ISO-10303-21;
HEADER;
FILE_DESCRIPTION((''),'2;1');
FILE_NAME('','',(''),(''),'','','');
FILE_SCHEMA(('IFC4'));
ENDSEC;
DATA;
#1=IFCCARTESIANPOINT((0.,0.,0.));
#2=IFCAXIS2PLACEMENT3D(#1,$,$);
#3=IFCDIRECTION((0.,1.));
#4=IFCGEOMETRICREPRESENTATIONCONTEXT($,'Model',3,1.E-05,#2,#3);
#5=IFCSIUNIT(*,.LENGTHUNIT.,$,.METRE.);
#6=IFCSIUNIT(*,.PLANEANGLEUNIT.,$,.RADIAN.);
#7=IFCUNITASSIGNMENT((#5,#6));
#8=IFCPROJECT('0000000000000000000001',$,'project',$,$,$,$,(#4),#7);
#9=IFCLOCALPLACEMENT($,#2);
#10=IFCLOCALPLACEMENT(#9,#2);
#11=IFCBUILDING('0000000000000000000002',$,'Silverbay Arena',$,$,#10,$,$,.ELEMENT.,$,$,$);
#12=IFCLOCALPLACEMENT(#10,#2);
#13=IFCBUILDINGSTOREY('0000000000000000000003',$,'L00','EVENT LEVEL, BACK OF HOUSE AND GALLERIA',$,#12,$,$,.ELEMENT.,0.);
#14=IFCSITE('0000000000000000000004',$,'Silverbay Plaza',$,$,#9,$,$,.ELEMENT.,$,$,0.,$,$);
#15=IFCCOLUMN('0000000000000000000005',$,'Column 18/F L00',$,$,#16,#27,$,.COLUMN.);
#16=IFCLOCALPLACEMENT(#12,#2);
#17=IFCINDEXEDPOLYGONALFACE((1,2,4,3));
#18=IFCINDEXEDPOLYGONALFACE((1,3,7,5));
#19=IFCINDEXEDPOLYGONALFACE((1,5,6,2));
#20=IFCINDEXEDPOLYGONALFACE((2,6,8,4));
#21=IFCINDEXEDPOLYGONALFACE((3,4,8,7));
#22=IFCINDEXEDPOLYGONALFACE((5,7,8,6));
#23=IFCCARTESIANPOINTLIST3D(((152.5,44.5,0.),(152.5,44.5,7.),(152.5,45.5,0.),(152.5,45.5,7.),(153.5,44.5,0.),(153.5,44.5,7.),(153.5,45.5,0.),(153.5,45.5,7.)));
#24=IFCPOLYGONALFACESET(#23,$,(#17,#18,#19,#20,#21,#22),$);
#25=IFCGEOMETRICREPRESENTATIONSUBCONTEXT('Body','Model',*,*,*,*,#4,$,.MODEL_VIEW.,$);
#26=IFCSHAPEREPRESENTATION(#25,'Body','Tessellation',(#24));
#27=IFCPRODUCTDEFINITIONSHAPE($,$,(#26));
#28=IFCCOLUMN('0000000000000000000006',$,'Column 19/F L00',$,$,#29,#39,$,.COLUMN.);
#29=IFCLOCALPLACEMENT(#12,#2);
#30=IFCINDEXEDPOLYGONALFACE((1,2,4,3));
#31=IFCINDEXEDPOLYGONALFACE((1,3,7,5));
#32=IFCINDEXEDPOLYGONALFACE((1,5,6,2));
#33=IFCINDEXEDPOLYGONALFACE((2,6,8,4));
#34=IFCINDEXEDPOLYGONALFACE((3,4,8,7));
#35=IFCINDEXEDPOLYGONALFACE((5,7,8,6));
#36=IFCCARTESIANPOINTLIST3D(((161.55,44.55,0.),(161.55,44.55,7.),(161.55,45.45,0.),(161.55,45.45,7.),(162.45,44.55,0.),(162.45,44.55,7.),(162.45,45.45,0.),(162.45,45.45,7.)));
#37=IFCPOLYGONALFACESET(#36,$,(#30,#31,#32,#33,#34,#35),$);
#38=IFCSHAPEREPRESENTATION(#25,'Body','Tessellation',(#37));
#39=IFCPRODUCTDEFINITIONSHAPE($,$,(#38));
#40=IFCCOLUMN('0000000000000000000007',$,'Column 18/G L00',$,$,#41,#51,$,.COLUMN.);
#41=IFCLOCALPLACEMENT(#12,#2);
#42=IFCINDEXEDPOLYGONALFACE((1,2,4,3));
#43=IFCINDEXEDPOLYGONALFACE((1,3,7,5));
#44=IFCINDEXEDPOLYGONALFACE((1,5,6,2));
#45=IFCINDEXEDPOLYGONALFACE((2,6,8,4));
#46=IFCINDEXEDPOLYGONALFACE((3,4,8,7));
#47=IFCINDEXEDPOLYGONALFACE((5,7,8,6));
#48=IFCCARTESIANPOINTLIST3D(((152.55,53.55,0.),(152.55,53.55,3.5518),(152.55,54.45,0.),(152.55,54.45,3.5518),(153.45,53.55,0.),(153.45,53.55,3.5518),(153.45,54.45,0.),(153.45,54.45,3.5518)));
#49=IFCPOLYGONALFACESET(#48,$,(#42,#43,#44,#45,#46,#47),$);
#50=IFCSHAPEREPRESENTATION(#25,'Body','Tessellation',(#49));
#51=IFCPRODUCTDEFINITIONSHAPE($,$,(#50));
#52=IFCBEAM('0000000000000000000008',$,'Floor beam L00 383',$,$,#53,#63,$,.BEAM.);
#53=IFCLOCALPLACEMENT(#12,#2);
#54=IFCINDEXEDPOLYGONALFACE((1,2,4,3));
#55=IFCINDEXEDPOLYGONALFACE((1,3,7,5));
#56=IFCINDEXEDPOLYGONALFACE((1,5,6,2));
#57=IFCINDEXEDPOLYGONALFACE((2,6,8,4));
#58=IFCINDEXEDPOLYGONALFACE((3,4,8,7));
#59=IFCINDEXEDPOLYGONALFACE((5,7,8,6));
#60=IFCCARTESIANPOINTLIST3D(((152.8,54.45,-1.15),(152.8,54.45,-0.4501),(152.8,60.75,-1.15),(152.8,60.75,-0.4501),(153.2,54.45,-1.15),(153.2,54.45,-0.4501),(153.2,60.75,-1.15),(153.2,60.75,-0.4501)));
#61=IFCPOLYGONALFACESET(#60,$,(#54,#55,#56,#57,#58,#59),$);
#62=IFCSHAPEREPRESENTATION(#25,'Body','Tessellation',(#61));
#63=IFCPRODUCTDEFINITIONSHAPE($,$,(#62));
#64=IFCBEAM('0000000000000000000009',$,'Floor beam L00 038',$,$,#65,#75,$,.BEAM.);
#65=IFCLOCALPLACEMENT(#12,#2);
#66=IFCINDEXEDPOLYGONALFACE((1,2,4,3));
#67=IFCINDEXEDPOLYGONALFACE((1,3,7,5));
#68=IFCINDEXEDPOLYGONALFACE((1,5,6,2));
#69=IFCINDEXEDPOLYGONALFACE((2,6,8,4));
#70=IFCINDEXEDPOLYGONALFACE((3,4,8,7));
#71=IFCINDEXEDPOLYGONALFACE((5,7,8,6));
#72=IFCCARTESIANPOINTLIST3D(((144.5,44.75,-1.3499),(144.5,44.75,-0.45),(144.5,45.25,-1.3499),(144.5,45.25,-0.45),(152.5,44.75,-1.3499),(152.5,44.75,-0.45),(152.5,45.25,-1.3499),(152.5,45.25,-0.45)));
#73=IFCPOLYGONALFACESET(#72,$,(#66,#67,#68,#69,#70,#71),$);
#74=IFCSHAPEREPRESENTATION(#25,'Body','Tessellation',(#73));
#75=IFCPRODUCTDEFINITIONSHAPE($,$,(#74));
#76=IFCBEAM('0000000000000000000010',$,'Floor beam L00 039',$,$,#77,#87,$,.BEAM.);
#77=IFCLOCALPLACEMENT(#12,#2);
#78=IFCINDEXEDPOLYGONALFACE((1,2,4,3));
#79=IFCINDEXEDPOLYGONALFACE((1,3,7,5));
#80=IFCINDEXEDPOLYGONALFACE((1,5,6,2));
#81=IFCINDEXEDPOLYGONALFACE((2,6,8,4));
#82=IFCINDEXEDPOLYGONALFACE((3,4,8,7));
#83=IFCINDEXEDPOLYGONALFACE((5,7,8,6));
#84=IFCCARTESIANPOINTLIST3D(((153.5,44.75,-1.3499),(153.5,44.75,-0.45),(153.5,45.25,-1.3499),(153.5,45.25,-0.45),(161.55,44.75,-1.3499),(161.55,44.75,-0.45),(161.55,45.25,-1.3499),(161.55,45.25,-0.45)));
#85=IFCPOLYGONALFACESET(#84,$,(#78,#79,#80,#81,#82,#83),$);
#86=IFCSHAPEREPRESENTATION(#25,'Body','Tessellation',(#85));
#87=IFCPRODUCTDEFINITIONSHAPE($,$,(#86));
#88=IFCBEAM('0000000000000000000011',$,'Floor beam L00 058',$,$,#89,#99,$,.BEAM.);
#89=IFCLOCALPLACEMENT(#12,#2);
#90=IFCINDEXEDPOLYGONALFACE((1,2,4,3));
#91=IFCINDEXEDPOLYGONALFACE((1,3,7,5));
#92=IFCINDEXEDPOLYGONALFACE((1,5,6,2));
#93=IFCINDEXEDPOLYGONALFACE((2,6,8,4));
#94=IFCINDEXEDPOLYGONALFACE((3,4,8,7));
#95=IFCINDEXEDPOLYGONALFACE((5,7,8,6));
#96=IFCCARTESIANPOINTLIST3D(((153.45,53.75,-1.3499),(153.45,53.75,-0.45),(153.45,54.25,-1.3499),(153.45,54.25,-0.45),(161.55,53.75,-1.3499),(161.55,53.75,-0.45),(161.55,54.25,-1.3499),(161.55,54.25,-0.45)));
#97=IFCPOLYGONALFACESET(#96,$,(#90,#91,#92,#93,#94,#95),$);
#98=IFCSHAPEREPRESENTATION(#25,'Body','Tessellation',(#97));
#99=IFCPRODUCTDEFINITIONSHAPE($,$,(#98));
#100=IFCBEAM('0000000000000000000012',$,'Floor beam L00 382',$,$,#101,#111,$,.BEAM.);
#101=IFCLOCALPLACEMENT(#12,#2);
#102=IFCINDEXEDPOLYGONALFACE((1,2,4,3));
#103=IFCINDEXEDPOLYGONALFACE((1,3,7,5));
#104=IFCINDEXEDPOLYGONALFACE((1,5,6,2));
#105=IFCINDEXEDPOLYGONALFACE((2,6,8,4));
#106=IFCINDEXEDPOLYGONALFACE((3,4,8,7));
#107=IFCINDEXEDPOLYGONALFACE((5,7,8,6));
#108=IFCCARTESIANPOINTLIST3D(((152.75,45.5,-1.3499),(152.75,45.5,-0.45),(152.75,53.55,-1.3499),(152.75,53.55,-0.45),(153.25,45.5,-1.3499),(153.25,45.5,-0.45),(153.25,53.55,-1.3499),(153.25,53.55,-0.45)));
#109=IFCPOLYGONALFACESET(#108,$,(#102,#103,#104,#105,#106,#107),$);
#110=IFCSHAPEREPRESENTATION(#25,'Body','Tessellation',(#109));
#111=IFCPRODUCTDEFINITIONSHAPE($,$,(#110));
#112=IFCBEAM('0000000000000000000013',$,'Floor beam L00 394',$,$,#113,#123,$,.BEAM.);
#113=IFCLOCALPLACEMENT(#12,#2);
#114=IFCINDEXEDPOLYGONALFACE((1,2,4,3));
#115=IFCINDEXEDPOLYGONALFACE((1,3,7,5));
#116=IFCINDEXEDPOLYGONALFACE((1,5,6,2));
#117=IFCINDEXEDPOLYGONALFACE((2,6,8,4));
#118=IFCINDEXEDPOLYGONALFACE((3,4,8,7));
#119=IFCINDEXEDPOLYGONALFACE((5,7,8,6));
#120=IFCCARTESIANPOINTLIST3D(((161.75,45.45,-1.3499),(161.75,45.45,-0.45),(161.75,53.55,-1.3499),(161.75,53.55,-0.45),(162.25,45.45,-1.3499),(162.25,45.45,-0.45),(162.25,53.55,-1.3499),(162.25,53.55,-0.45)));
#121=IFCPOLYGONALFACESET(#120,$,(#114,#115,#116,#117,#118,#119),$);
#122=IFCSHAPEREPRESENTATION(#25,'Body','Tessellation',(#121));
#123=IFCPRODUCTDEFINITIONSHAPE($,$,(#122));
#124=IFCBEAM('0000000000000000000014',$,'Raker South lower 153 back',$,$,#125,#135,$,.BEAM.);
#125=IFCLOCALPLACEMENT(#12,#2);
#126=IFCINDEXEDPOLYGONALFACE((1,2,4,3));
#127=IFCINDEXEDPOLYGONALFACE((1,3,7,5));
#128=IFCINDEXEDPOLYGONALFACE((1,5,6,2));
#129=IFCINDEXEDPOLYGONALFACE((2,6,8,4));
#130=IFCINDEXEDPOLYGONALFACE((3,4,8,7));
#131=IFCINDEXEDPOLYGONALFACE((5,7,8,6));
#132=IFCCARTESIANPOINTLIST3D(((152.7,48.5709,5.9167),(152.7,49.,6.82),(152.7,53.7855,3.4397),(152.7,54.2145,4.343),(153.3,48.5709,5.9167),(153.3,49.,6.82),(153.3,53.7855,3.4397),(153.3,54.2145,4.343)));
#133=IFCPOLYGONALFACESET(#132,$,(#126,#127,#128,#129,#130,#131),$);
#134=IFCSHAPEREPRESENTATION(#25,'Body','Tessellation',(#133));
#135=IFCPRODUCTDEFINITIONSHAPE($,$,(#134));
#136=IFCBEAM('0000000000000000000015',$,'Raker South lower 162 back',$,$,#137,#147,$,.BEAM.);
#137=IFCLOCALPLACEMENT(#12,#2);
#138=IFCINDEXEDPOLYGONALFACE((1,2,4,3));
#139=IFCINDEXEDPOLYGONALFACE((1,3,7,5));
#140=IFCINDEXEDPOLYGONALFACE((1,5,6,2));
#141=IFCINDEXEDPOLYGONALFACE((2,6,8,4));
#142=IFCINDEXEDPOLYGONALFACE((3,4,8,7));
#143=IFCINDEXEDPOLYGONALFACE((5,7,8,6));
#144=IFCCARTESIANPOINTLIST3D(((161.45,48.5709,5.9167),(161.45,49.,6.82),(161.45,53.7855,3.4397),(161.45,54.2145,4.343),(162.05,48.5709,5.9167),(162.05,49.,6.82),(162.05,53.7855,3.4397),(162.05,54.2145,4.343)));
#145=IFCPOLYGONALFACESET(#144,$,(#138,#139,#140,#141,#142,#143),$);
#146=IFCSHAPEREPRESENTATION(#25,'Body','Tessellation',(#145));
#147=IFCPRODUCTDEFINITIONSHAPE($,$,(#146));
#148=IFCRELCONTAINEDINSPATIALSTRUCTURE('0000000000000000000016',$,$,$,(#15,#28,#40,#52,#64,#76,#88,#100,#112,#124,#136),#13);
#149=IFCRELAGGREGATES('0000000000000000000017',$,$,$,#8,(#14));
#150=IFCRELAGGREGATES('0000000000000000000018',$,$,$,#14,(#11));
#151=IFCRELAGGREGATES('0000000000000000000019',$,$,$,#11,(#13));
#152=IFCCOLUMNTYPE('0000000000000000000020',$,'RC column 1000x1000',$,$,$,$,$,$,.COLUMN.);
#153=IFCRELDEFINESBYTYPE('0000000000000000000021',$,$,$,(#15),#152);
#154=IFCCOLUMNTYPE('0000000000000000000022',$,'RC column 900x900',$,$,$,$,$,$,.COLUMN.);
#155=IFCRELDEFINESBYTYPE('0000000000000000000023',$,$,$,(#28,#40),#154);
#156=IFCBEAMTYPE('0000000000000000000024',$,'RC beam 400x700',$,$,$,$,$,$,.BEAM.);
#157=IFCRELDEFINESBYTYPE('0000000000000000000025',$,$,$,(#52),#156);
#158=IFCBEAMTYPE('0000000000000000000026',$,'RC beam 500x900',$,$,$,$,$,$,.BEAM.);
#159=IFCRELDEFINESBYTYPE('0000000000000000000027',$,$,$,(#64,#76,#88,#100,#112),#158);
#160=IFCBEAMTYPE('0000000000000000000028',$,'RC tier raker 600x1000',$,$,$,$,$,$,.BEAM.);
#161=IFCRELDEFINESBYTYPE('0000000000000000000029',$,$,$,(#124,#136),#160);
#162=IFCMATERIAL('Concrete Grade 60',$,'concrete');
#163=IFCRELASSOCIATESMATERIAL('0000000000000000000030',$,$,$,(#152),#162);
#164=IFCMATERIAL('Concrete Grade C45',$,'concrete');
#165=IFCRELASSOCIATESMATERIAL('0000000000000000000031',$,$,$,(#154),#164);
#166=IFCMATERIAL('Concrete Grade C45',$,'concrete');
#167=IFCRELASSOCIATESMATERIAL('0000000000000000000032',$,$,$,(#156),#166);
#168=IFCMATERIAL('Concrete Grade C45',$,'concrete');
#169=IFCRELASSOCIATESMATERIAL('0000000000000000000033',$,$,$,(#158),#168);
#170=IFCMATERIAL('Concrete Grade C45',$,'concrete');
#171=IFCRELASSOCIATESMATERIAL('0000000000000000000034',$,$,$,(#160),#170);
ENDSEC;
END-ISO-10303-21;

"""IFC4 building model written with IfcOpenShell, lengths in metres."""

from ifc_helpers import new_model, si_unit, direction, frame, origin, origin_2d, place, context, subcontext, project, spatial, rectangle, extrude, material, material_profile, profile_set, type_object, element, save


model = new_model("IFC4")

# Units and contexts
model_context = context("Model", 3, precision=1e-05, world=origin(), true_north=direction((0.0, 1.0)))
body_context = subcontext(model_context, "Body", "Model", "MODEL_VIEW")
ifc_project = project(units=[si_unit("LENGTHUNIT", "METRE"), si_unit("PLANEANGLEUNIT", "RADIAN")], contexts=[model_context])

# Site, building, storey
site_placement = place(None, origin())
site = spatial("IfcSite", under=ifc_project, at=site_placement, Name="Silverbay Plaza", CompositionType="ELEMENT", RefElevation=0.0)
building_placement = place(site_placement, origin())
building = spatial("IfcBuilding", under=site, at=building_placement, Name="Silverbay Arena", CompositionType="ELEMENT")
storey_placement = place(building_placement, origin())
storey = spatial("IfcBuildingStorey", under=building, at=storey_placement, Name="L00", Description="EVENT LEVEL, BACK OF HOUSE AND GALLERIA", CompositionType="ELEMENT", Elevation=0.0)

# Columns
ifc_material_1 = material(Name="Concrete Grade 60", Category="concrete")
ifc_material_profile_1 = material_profile(ifc_material_1, rectangle(XDim=1.0, YDim=1.0, at=origin_2d()), Name="RC 1000x1000")
ifc_profile_set_1 = profile_set([ifc_material_profile_1], Name="Concrete Grade 60")
column_type_1 = type_object("IfcColumnType", Name="RC column 1000x1000", PredefinedType="COLUMN", material=ifc_profile_set_1)
column_1_placement = place(storey_placement, frame((153.0, 45.0, 0.0), z_axis=(0.0, 0.0, 1.0), x_axis=(1.0, 0.0, 0.0)))
element("IfcColumn", 1, at=column_1_placement, inside=storey, type_object=column_type_1, Name="Column 18/F L00", PredefinedType="COLUMN", context=body_context, shape_type="SweptSolid", body=[
    extrude(rectangle(XDim=1.0, YDim=1.0, at=origin_2d()), origin(), (0.0, 0.0, 1.0), 7.0),
])
ifc_material_2 = material(Name="Concrete Grade C45", Category="concrete")
ifc_material_profile_2 = material_profile(ifc_material_2, rectangle(XDim=0.8999, YDim=0.8999, at=origin_2d()), Name="RC 900x900")
ifc_profile_set_2 = profile_set([ifc_material_profile_2], Name="Concrete Grade C45")
column_type_2 = type_object("IfcColumnType", Name="RC column 900x900", PredefinedType="COLUMN", material=ifc_profile_set_2)
column_2_placement = place(storey_placement, frame((162.0, 45.0, 0.0), z_axis=(0.0, 0.0, 1.0), x_axis=(1.0, 0.0, 0.0)))
element("IfcColumn", 2, at=column_2_placement, inside=storey, type_object=column_type_2, Name="Column 19/F L00", PredefinedType="COLUMN", context=body_context, shape_type="SweptSolid", body=[
    extrude(rectangle(XDim=0.8999, YDim=0.8999, at=origin_2d()), origin(), (0.0, 0.0, 1.0), 7.0),
])
column_3_placement = place(storey_placement, frame((153.0, 54.0, 0.0), z_axis=(0.0, 0.0, 1.0), x_axis=(1.0, 0.0, 0.0)))
element("IfcColumn", 3, at=column_3_placement, inside=storey, type_object=column_type_2, Name="Column 18/G L00", PredefinedType="COLUMN", context=body_context, shape_type="SweptSolid", body=[
    extrude(rectangle(XDim=0.8999, YDim=0.8999, at=origin_2d()), origin(), (0.0, 0.0, 1.0), 3.5518),
])

# Beams
ifc_material_3 = material(Name="Concrete Grade C45", Category="concrete")
ifc_material_profile_3 = material_profile(ifc_material_3, rectangle(XDim=0.3999, YDim=0.7, at=origin_2d()), Name="RC 400x700")
ifc_profile_set_3 = profile_set([ifc_material_profile_3], Name="Concrete Grade C45")
beam_type_1 = type_object("IfcBeamType", Name="RC beam 400x700", PredefinedType="BEAM", material=ifc_profile_set_3)
beam_1_placement = place(storey_placement, frame((153.0, 54.45, -0.8), z_axis=(0.0, 1.0, 0.0), x_axis=(-1.0, 0.0, 0.0)))
element("IfcBeam", 4, at=beam_1_placement, inside=storey, type_object=beam_type_1, Name="Floor beam L00 383", PredefinedType="BEAM", context=body_context, shape_type="SweptSolid", body=[
    extrude(rectangle(XDim=0.3999, YDim=0.7, at=origin_2d()), origin(), (0.0, 0.0, 1.0), 6.3),
])
ifc_material_4 = material(Name="Concrete Grade C45", Category="concrete")
ifc_material_profile_4 = material_profile(ifc_material_4, rectangle(XDim=0.5, YDim=0.8999, at=origin_2d()), Name="RC 500x900")
ifc_profile_set_4 = profile_set([ifc_material_profile_4], Name="Concrete Grade C45")
beam_type_2 = type_object("IfcBeamType", Name="RC beam 500x900", PredefinedType="BEAM", material=ifc_profile_set_4)
beam_2_placement = place(storey_placement, frame((144.5, 45.0, -0.8999), z_axis=(1.0, 0.0, 0.0), x_axis=(0.0, 1.0, 0.0)))
element("IfcBeam", 5, at=beam_2_placement, inside=storey, type_object=beam_type_2, Name="Floor beam L00 038", PredefinedType="BEAM", context=body_context, shape_type="SweptSolid", body=[
    extrude(rectangle(XDim=0.5, YDim=0.8999, at=origin_2d()), origin(), (0.0, 0.0, 1.0), 8.0),
])
beam_3_placement = place(storey_placement, frame((153.5, 45.0, -0.8999), z_axis=(1.0, 0.0, 0.0), x_axis=(0.0, 1.0, 0.0)))
element("IfcBeam", 6, at=beam_3_placement, inside=storey, type_object=beam_type_2, Name="Floor beam L00 039", PredefinedType="BEAM", context=body_context, shape_type="SweptSolid", body=[
    extrude(rectangle(XDim=0.5, YDim=0.8999, at=origin_2d()), origin(), (0.0, 0.0, 1.0), 8.05),
])
beam_4_placement = place(storey_placement, frame((153.45, 54.0, -0.8999), z_axis=(1.0, 0.0, 0.0), x_axis=(0.0, 1.0, 0.0)))
element("IfcBeam", 7, at=beam_4_placement, inside=storey, type_object=beam_type_2, Name="Floor beam L00 058", PredefinedType="BEAM", context=body_context, shape_type="SweptSolid", body=[
    extrude(rectangle(XDim=0.5, YDim=0.8999, at=origin_2d()), origin(), (0.0, 0.0, 1.0), 8.1001),
])
beam_5_placement = place(storey_placement, frame((153.0, 45.5, -0.8999), z_axis=(0.0, 1.0, 0.0), x_axis=(-1.0, 0.0, 0.0)))
element("IfcBeam", 8, at=beam_5_placement, inside=storey, type_object=beam_type_2, Name="Floor beam L00 382", PredefinedType="BEAM", context=body_context, shape_type="SweptSolid", body=[
    extrude(rectangle(XDim=0.5, YDim=0.8999, at=origin_2d()), origin(), (0.0, 0.0, 1.0), 8.05),
])
beam_6_placement = place(storey_placement, frame((162.0, 45.45, -0.8999), z_axis=(0.0, 1.0, 0.0), x_axis=(-1.0, 0.0, 0.0)))
element("IfcBeam", 9, at=beam_6_placement, inside=storey, type_object=beam_type_2, Name="Floor beam L00 394", PredefinedType="BEAM", context=body_context, shape_type="SweptSolid", body=[
    extrude(rectangle(XDim=0.5, YDim=0.8999, at=origin_2d()), origin(), (0.0, 0.0, 1.0), 8.1001),
])
ifc_material_5 = material(Name="Concrete Grade C45", Category="concrete")
ifc_material_profile_5 = material_profile(ifc_material_5, rectangle(XDim=0.6001, YDim=1.0, at=origin_2d()), Name="RC 600x1000")
ifc_profile_set_5 = profile_set([ifc_material_profile_5], Name="Concrete Grade C45")
beam_type_3 = type_object("IfcBeamType", Name="RC tier raker 600x1000", PredefinedType="BEAM", material=ifc_profile_set_5)
for number, where, z_axis, x_axis, name in (
    (10, (153.0, 54.0, 3.8914), (0.0, -0.90327, 0.429073), (1.0, 0.0, 0.0), "Raker South lower 153 back"),
    (11, (161.75, 54.0, 3.8914), (0.0, -0.90327, 0.429073), (1.0, 0.0, 0.0), "Raker South lower 162 back"),
):
    element("IfcBeam", number, at=place(storey_placement, frame(where, z_axis=z_axis, x_axis=x_axis)), inside=storey, type_object=beam_type_3, Name=name, PredefinedType="BEAM", context=body_context, shape_type="SweptSolid", body=[
        extrude(rectangle(XDim=0.6001, YDim=1.0, at=origin_2d()), origin(), (0.0, 0.0, 1.0), 5.7729),
    ])

save(model, "model.ifc")
